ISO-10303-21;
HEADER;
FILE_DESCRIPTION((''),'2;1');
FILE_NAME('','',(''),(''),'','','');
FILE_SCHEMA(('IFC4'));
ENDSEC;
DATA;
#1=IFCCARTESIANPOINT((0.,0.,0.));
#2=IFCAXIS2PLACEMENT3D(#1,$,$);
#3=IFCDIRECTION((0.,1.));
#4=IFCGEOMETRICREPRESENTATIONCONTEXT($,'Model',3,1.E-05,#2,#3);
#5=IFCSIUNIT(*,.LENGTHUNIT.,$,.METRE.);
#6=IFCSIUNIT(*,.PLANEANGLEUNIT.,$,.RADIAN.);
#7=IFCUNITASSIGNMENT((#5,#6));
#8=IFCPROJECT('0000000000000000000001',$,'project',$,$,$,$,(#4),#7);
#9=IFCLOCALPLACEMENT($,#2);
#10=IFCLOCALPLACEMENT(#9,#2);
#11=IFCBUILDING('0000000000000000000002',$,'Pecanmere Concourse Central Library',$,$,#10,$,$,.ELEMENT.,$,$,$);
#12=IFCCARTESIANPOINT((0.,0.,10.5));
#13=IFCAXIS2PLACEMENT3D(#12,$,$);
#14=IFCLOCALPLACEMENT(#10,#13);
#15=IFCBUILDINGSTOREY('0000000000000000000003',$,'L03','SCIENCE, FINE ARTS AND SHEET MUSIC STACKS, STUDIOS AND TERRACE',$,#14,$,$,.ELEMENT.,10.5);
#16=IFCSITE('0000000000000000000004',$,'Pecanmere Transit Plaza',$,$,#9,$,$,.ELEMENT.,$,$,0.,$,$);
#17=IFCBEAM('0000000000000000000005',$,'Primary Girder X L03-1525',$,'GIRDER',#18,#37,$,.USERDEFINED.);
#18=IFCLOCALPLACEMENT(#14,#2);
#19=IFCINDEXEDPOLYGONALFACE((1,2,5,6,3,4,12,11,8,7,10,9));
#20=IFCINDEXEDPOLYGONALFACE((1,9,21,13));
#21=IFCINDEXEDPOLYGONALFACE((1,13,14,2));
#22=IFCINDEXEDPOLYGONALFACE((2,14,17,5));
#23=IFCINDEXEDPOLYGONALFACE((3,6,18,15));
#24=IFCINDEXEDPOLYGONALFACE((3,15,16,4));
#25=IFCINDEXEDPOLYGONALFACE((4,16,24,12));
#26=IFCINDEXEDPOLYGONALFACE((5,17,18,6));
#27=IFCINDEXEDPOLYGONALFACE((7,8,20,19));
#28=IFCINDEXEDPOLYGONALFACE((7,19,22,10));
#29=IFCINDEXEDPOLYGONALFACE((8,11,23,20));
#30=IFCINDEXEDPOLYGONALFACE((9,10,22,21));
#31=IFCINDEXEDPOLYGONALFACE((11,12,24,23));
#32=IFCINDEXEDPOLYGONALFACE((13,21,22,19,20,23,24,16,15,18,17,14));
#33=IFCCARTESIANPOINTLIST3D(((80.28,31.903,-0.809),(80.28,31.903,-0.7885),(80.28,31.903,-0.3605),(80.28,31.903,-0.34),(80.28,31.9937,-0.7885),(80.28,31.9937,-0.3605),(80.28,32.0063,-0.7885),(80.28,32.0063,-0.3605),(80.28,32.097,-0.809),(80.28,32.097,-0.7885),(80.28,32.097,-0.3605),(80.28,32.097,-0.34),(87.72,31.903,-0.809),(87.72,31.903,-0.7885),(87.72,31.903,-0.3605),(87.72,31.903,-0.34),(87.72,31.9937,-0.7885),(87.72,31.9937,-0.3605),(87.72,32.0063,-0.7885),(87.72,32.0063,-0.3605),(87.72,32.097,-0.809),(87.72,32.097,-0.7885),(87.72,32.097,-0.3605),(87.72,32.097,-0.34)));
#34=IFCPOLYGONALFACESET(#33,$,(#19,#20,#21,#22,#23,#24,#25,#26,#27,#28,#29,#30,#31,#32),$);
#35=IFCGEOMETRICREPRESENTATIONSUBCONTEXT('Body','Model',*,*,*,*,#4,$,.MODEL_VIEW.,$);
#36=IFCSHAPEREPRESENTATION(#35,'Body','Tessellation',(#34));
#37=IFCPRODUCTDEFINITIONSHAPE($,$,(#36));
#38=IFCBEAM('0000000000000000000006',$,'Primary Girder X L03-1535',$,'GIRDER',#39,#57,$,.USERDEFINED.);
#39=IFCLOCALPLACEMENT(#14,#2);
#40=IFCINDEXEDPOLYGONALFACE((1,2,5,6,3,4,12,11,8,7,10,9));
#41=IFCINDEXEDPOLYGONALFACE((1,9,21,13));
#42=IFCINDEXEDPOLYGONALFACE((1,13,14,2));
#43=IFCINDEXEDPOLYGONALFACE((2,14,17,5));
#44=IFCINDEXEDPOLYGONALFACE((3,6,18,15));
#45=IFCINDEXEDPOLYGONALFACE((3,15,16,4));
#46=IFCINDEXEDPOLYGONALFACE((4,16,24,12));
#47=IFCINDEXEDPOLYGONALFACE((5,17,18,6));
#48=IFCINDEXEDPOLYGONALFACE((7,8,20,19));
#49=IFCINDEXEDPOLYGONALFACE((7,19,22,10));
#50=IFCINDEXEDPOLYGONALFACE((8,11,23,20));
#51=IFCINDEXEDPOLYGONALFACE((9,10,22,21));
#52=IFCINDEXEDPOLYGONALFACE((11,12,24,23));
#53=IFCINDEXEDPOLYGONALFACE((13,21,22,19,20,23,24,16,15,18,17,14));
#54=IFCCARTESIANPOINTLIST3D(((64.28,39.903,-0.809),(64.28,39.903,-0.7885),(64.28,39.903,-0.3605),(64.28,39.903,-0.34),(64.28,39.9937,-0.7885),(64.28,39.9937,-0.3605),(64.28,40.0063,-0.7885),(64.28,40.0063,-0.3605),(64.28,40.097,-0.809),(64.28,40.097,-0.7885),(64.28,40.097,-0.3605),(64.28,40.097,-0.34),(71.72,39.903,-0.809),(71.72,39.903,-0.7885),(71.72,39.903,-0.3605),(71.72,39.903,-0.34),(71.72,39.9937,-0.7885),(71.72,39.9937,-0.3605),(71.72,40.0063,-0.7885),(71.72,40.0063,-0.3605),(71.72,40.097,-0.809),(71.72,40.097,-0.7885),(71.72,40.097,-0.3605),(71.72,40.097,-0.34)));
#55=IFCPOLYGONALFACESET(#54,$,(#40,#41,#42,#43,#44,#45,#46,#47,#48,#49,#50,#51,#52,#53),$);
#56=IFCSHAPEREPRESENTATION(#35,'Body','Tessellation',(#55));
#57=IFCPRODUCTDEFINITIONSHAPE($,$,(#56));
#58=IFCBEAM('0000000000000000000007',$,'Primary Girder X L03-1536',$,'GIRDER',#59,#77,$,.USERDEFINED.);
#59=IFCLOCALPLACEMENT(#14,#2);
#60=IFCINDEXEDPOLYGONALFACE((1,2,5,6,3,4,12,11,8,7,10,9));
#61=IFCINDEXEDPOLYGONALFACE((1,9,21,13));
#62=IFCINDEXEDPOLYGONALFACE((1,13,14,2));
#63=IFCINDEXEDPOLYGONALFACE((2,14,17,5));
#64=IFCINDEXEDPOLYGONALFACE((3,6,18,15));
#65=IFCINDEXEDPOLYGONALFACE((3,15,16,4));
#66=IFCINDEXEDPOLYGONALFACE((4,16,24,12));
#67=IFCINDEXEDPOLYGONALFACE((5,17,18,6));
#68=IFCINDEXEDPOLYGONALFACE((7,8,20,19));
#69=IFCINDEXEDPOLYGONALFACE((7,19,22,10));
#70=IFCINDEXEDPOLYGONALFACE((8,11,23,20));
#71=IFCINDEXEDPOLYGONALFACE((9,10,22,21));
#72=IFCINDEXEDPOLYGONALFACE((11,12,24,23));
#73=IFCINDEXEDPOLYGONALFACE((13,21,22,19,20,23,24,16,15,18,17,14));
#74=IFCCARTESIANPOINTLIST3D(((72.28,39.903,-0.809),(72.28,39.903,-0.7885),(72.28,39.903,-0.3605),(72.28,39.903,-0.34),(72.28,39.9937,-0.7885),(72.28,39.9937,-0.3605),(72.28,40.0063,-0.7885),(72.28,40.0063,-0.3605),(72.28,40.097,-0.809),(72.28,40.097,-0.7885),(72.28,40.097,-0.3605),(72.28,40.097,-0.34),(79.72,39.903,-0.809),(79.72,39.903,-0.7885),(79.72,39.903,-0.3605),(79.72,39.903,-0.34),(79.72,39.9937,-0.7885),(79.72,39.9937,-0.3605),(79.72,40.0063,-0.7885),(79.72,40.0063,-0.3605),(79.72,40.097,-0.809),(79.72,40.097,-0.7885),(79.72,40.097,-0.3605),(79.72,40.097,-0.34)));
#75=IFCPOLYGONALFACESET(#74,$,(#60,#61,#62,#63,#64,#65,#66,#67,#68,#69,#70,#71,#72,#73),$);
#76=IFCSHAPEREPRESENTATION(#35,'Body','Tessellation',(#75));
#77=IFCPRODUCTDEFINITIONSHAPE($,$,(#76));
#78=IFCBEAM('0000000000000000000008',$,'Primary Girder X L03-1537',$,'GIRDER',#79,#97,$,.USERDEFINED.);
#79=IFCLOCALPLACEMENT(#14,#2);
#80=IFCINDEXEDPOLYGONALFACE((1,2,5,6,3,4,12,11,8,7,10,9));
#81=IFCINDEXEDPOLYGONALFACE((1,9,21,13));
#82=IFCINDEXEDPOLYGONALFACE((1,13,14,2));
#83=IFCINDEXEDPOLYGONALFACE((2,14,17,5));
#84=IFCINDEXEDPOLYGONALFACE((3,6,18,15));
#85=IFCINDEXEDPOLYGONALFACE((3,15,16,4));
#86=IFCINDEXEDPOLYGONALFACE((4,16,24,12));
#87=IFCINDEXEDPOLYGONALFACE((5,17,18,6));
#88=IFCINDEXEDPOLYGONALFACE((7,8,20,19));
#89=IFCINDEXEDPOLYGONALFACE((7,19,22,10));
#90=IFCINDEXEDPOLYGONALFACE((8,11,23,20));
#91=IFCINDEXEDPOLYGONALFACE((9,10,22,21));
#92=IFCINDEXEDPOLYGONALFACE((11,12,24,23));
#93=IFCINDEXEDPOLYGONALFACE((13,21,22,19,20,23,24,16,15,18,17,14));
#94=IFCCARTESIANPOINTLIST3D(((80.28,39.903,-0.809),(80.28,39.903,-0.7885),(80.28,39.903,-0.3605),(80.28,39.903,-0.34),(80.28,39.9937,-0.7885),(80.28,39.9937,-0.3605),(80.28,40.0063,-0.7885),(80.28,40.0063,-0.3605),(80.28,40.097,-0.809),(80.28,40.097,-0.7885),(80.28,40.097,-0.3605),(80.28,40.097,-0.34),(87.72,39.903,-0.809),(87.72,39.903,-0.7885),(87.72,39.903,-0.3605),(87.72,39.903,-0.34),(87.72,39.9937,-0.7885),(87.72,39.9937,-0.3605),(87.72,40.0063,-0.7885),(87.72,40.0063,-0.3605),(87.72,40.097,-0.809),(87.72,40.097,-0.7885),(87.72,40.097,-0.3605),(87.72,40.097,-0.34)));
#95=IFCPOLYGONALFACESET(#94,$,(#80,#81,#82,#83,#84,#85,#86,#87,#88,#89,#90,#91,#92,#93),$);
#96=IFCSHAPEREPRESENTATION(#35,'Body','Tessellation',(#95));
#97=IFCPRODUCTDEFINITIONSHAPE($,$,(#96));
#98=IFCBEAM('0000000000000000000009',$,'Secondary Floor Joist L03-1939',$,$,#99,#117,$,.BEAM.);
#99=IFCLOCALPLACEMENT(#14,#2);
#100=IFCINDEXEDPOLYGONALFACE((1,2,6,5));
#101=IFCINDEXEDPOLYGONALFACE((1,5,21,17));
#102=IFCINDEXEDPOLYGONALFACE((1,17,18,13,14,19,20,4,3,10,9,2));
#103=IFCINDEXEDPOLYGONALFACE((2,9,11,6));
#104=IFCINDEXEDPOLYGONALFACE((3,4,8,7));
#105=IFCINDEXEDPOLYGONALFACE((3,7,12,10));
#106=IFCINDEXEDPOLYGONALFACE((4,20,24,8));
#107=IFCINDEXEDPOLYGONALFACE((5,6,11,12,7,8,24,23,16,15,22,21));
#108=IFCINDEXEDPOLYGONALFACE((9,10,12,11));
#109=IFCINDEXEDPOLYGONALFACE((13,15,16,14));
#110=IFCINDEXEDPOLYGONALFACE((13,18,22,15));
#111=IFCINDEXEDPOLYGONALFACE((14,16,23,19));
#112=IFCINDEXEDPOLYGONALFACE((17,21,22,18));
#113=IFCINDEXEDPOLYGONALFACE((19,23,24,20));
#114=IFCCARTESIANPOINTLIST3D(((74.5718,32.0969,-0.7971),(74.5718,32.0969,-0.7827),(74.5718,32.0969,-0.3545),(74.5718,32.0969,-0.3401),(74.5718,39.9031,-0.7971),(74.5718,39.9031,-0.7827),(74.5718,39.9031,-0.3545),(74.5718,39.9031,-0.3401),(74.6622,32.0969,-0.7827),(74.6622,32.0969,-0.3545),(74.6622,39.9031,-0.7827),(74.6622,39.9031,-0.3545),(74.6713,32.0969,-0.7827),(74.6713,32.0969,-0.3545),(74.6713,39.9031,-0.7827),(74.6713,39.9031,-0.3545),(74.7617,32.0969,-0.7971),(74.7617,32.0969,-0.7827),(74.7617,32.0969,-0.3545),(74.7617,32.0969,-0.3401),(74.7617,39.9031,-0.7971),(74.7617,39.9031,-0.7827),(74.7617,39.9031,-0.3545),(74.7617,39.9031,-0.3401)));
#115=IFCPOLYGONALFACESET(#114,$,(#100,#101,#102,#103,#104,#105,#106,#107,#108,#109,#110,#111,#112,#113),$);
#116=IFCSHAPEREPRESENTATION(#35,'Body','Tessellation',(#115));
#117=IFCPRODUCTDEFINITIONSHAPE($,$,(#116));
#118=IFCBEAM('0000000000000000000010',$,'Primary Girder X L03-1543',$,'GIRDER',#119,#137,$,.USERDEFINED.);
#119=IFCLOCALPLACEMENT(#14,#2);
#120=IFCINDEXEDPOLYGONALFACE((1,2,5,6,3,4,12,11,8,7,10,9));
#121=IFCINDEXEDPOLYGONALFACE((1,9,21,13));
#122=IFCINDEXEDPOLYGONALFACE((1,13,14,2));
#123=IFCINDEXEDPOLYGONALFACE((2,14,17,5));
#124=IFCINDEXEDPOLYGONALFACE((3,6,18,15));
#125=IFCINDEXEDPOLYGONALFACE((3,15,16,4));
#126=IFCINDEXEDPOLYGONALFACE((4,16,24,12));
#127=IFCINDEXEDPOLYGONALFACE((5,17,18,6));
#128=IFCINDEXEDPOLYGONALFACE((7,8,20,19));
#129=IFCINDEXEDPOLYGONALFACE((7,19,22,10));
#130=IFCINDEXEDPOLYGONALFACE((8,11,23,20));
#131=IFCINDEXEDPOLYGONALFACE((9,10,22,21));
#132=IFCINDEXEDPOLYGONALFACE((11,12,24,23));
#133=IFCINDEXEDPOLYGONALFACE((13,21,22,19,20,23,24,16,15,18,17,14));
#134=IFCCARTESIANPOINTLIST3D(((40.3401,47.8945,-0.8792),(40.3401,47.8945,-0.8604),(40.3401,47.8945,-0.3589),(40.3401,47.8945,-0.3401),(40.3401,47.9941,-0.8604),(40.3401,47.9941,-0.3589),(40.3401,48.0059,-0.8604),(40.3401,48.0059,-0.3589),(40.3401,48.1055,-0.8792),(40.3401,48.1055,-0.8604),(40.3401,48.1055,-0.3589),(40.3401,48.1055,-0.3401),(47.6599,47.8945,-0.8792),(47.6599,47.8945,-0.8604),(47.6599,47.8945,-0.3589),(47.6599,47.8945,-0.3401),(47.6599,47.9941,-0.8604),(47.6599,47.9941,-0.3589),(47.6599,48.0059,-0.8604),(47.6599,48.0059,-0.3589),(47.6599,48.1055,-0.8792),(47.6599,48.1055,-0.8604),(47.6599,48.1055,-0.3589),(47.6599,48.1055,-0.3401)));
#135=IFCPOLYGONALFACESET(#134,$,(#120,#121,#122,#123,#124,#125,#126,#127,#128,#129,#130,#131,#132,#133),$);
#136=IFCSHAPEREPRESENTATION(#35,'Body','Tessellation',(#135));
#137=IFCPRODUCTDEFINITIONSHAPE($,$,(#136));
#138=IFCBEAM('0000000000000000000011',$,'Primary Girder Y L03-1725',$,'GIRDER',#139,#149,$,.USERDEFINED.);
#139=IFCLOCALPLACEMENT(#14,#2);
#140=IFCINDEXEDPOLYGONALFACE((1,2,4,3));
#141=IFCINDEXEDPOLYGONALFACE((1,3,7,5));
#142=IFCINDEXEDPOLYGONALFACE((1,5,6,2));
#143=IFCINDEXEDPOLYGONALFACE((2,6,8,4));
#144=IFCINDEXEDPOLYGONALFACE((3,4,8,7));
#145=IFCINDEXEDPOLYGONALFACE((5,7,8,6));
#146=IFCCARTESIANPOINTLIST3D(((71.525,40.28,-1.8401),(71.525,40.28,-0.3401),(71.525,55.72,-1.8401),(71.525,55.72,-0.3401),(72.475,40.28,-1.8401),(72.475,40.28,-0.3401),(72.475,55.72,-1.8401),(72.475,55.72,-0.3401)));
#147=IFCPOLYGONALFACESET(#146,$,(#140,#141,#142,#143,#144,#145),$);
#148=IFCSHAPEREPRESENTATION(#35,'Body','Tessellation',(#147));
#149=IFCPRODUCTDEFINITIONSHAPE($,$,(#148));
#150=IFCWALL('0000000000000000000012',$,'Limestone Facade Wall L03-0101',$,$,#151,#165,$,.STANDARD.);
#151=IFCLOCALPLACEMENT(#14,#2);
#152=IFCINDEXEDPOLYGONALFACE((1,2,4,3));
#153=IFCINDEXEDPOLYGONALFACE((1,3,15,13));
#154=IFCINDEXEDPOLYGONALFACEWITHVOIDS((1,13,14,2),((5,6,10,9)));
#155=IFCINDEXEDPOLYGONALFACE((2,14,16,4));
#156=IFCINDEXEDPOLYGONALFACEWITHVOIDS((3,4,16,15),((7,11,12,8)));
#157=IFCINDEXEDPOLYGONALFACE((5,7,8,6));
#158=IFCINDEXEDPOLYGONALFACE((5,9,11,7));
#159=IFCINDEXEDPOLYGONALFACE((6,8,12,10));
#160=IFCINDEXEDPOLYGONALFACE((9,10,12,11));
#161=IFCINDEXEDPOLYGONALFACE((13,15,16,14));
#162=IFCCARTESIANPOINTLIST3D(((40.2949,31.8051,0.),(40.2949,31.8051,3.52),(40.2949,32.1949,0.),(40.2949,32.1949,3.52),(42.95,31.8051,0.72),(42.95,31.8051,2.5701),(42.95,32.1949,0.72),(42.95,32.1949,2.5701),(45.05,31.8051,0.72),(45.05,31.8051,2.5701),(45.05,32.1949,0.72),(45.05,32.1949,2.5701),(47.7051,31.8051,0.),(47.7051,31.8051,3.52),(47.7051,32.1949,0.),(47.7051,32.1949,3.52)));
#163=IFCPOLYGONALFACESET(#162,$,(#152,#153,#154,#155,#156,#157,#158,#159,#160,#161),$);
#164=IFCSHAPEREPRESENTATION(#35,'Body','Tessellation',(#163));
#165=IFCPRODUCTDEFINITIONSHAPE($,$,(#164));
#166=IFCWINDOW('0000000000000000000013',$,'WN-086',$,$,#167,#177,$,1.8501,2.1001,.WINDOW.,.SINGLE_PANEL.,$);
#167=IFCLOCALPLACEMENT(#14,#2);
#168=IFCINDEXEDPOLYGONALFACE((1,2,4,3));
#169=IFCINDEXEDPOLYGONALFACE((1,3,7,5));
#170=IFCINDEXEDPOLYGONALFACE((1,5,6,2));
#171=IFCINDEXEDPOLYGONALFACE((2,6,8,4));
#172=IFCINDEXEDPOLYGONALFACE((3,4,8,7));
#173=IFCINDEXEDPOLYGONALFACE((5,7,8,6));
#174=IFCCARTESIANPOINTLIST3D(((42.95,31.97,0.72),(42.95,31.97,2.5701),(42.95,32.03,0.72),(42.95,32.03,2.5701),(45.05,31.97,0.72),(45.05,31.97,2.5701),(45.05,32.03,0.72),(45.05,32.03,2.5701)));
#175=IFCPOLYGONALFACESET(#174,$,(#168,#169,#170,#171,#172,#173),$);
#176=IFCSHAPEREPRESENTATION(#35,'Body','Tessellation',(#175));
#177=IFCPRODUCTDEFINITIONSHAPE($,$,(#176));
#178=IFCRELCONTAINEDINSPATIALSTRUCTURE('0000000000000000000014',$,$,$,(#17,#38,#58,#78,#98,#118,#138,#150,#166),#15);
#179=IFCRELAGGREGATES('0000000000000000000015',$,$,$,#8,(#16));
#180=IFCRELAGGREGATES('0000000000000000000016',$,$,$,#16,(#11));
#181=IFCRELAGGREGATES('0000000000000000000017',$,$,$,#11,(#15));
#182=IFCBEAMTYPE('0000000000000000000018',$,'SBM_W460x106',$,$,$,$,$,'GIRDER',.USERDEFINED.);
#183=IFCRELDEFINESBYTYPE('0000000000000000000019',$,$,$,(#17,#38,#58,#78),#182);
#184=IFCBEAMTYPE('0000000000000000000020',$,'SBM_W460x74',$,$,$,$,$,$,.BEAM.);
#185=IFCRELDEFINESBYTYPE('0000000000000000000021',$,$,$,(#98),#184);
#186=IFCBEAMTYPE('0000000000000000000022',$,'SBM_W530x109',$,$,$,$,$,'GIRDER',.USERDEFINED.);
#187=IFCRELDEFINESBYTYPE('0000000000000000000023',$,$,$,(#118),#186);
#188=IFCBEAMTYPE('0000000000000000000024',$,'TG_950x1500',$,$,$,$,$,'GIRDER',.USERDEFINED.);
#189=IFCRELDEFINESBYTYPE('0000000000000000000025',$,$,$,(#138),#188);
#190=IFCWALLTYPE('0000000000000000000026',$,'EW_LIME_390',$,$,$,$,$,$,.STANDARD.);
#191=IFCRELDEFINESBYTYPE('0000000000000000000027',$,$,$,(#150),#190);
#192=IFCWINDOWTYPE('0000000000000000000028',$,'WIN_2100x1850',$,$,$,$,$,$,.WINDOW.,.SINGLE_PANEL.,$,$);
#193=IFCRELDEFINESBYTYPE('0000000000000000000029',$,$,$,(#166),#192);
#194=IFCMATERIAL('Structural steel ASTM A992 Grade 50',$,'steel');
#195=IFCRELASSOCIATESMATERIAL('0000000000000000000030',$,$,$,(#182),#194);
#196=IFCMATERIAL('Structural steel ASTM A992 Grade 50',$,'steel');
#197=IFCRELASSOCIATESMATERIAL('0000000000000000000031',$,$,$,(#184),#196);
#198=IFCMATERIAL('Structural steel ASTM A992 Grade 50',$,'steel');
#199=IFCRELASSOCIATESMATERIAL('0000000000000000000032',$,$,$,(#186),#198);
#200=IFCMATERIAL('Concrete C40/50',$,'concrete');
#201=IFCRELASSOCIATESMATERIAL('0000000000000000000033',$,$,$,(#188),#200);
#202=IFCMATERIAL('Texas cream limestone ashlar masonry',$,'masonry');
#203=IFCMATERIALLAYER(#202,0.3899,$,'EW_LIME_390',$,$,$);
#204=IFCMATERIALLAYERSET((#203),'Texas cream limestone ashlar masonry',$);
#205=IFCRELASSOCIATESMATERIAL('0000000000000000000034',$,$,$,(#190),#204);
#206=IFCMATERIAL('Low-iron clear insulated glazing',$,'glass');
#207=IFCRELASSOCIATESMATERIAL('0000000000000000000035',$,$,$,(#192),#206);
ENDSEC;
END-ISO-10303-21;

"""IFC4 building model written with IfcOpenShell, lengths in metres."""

from ifc_helpers import new_model, si_unit, direction, frame, frame_2d, origin, origin_2d, place, context, subcontext, project, spatial, rectangle, i_section, extrude, material, layer, layer_set, material_profile, profile_set, type_object, element, fill, save


model = new_model("IFC4")

# Units and contexts
model_context = context("Model", 3, precision=1e-05, world=origin(), true_north=direction((0.0, 1.0)))
body_context = subcontext(model_context, "Body", "Model", "MODEL_VIEW")
ifc_project = project(units=[si_unit("LENGTHUNIT", "METRE"), si_unit("PLANEANGLEUNIT", "RADIAN")], contexts=[model_context])

# Site, building, storey
site_placement = place(None, origin())
site = spatial("IfcSite", under=ifc_project, at=site_placement, Name="Pecanmere Transit Plaza", CompositionType="ELEMENT", RefElevation=0.0)
building_placement = place(site_placement, origin())
building = spatial("IfcBuilding", under=site, at=building_placement, Name="Pecanmere Concourse Central Library", CompositionType="ELEMENT")
storey_placement = place(building_placement, frame((0.0, 0.0, 10.5)))
storey = spatial("IfcBuildingStorey", under=building, at=storey_placement, Name="L03", Description="SCIENCE, FINE ARTS AND SHEET MUSIC STACKS, STUDIOS AND TERRACE", CompositionType="ELEMENT", Elevation=10.5)

# Beams
ifc_material_1 = material(Name="Structural steel ASTM A992 Grade 50", Category="steel")
ifc_material_profile_1 = material_profile(ifc_material_1, i_section(OverallWidth=0.1941, OverallDepth=0.469, WebThickness=0.0127, FlangeThickness=0.0205, at=origin_2d()), Name="W460x106")
ifc_profile_set_1 = profile_set([ifc_material_profile_1], Name="Structural steel ASTM A992 Grade 50")
beam_type_1 = type_object("IfcBeamType", Name="SBM_W460x106", ElementType="GIRDER", PredefinedType="USERDEFINED", material=ifc_profile_set_1)
for number, where, z_axis, x_axis, name in (
    (1, (80.28, 32.0, -0.5745), (1.0, 0.0, 0.0), (0.0, 1.0, 0.0), "Primary Girder X L03-1525"),
    (2, (64.28, 40.0, -0.5745), (1.0, 0.0, 0.0), (0.0, 1.0, 0.0), "Primary Girder X L03-1535"),
    (3, (72.28, 40.0, -0.5745), (1.0, 0.0, 0.0), (0.0, 1.0, 0.0), "Primary Girder X L03-1536"),
    (4, (80.28, 40.0, -0.5745), (1.0, 0.0, 0.0), (0.0, 1.0, 0.0), "Primary Girder X L03-1537"),
):
    element("IfcBeam", number, at=place(storey_placement, frame(where, z_axis=z_axis, x_axis=x_axis)), inside=storey, type_object=beam_type_1, Name=name, ObjectType="GIRDER", PredefinedType="USERDEFINED", context=body_context, shape_type="SweptSolid", body=[
        extrude(i_section(OverallWidth=0.1941, OverallDepth=0.469, WebThickness=0.0127, FlangeThickness=0.0205, at=origin_2d()), origin(), (0.0, 0.0, 1.0), 7.4399),
    ])
ifc_material_2 = material(Name="Structural steel ASTM A992 Grade 50", Category="steel")
ifc_material_profile_2 = material_profile(ifc_material_2, i_section(OverallWidth=0.1899, OverallDepth=0.457, WebThickness=0.009, FlangeThickness=0.0144, at=origin_2d()), Name="W460x74")
ifc_profile_set_2 = profile_set([ifc_material_profile_2], Name="Structural steel ASTM A992 Grade 50")
beam_type_2 = type_object("IfcBeamType", Name="SBM_W460x74", PredefinedType="BEAM", material=ifc_profile_set_2)
beam_1_placement = place(storey_placement, frame((74.6667, 32.0969, -0.5686), z_axis=(0.0, 1.0, 0.0), x_axis=(-1.0, 0.0, 0.0)))
element("IfcBeam", 5, at=beam_1_placement, inside=storey, type_object=beam_type_2, Name="Secondary Floor Joist L03-1939", PredefinedType="BEAM", context=body_context, shape_type="SweptSolid", body=[
    extrude(i_section(OverallWidth=0.1899, OverallDepth=0.457, WebThickness=0.009, FlangeThickness=0.0144, at=origin_2d()), origin(), (0.0, 0.0, 1.0), 7.8062),
])
ifc_material_3 = material(Name="Structural steel ASTM A992 Grade 50", Category="steel")
ifc_material_profile_3 = material_profile(ifc_material_3, i_section(OverallWidth=0.2109, OverallDepth=0.5391, WebThickness=0.0117, FlangeThickness=0.0188, at=origin_2d()), Name="W530x109")
ifc_profile_set_3 = profile_set([ifc_material_profile_3], Name="Structural steel ASTM A992 Grade 50")
beam_type_3 = type_object("IfcBeamType", Name="SBM_W530x109", ElementType="GIRDER", PredefinedType="USERDEFINED", material=ifc_profile_set_3)
beam_2_placement = place(storey_placement, frame((40.3401, 48.0, -0.6096), z_axis=(1.0, 0.0, 0.0), x_axis=(0.0, 1.0, 0.0)))
element("IfcBeam", 6, at=beam_2_placement, inside=storey, type_object=beam_type_3, Name="Primary Girder X L03-1543", ObjectType="GIRDER", PredefinedType="USERDEFINED", context=body_context, shape_type="SweptSolid", body=[
    extrude(i_section(OverallWidth=0.2109, OverallDepth=0.5391, WebThickness=0.0117, FlangeThickness=0.0188, at=origin_2d()), origin(), (0.0, 0.0, 1.0), 7.3198),
])
ifc_material_4 = material(Name="Concrete C40/50", Category="concrete")
ifc_material_profile_4 = material_profile(ifc_material_4, rectangle(XDim=0.95, YDim=1.5, at=origin_2d()), Name="RC 950x1500")
ifc_profile_set_4 = profile_set([ifc_material_profile_4], Name="Concrete C40/50")
beam_type_4 = type_object("IfcBeamType", Name="TG_950x1500", ElementType="GIRDER", PredefinedType="USERDEFINED", material=ifc_profile_set_4)
beam_3_placement = place(storey_placement, frame((72.0, 40.28, -1.0901), z_axis=(0.0, 1.0, 0.0), x_axis=(-1.0, 0.0, 0.0)))
element("IfcBeam", 7, at=beam_3_placement, inside=storey, type_object=beam_type_4, Name="Primary Girder Y L03-1725", ObjectType="GIRDER", PredefinedType="USERDEFINED", context=body_context, shape_type="SweptSolid", body=[
    extrude(rectangle(XDim=0.95, YDim=1.5, at=origin_2d()), origin(), (0.0, 0.0, 1.0), 15.4399),
])

# Wall, opening, window
ifc_material_5 = material(Name="Texas cream limestone ashlar masonry", Category="masonry")
ifc_layer = layer(ifc_material_5, 0.3899, Name="EW_LIME_390")
ifc_layer_set = layer_set([ifc_layer], Name="Texas cream limestone ashlar masonry")
wall_type = type_object("IfcWallType", Name="EW_LIME_390", PredefinedType="STANDARD", material=ifc_layer_set)
wall_1_placement = place(storey_placement, frame((47.7051, 32.0, 0.0), z_axis=(0.0, 0.0, 1.0), x_axis=(-1.0, 0.0, 0.0)))
wall_1 = element("IfcWall", 8, at=wall_1_placement, inside=storey, type_object=wall_type, Name="Limestone Facade Wall L03-0101", PredefinedType="STANDARD", context=body_context, shape_type="SweptSolid", body=[
    extrude(rectangle(XDim=7.4102, YDim=0.3899, at=frame_2d((3.7051, 0.0))), origin(), (0.0, 0.0, 1.0), 3.52),
])
opening_1_placement = place(wall_1_placement, frame((2.655, 0.0, 0.72)))
opening_1 = element("IfcOpeningElement", 9, at=opening_1_placement, cuts=wall_1, PredefinedType="OPENING", context=body_context, shape_type="SweptSolid", body=[
    extrude(rectangle(XDim=2.1001, YDim=1.8501, at=frame_2d((1.05, 0.925))), frame((0.0, 0.207, 0.0), z_axis=(0.0, -1.0, 0.0), x_axis=(1.0, 0.0, 0.0)), (0.0, 0.0, 1.0), 0.4138),
])
ifc_material_6 = material(Name="Low-iron clear insulated glazing", Category="glass")
window_type_1 = type_object("IfcWindowType", Name="WIN_2100x1850", PartitioningType="SINGLE_PANEL", PredefinedType="WINDOW", material=ifc_material_6)
window_1_placement = place(opening_1_placement, origin())
window_1 = element("IfcWindow", 10, at=window_1_placement, inside=storey, type_object=window_type_1, Name="WN-086", OverallHeight=1.8501, OverallWidth=2.1001, PartitioningType="SINGLE_PANEL", PredefinedType="WINDOW", context=body_context, shape_type="SweptSolid", body=[
    extrude(rectangle(XDim=2.1001, YDim=1.8501, at=frame_2d((1.05, 0.925))), frame((0.0, 0.03, 0.0), z_axis=(0.0, -1.0, 0.0), x_axis=(1.0, 0.0, 0.0)), (0.0, 0.0, 1.0), 0.0601),
])
fill(opening_1, window_1)

save(model, "model.ifc")
